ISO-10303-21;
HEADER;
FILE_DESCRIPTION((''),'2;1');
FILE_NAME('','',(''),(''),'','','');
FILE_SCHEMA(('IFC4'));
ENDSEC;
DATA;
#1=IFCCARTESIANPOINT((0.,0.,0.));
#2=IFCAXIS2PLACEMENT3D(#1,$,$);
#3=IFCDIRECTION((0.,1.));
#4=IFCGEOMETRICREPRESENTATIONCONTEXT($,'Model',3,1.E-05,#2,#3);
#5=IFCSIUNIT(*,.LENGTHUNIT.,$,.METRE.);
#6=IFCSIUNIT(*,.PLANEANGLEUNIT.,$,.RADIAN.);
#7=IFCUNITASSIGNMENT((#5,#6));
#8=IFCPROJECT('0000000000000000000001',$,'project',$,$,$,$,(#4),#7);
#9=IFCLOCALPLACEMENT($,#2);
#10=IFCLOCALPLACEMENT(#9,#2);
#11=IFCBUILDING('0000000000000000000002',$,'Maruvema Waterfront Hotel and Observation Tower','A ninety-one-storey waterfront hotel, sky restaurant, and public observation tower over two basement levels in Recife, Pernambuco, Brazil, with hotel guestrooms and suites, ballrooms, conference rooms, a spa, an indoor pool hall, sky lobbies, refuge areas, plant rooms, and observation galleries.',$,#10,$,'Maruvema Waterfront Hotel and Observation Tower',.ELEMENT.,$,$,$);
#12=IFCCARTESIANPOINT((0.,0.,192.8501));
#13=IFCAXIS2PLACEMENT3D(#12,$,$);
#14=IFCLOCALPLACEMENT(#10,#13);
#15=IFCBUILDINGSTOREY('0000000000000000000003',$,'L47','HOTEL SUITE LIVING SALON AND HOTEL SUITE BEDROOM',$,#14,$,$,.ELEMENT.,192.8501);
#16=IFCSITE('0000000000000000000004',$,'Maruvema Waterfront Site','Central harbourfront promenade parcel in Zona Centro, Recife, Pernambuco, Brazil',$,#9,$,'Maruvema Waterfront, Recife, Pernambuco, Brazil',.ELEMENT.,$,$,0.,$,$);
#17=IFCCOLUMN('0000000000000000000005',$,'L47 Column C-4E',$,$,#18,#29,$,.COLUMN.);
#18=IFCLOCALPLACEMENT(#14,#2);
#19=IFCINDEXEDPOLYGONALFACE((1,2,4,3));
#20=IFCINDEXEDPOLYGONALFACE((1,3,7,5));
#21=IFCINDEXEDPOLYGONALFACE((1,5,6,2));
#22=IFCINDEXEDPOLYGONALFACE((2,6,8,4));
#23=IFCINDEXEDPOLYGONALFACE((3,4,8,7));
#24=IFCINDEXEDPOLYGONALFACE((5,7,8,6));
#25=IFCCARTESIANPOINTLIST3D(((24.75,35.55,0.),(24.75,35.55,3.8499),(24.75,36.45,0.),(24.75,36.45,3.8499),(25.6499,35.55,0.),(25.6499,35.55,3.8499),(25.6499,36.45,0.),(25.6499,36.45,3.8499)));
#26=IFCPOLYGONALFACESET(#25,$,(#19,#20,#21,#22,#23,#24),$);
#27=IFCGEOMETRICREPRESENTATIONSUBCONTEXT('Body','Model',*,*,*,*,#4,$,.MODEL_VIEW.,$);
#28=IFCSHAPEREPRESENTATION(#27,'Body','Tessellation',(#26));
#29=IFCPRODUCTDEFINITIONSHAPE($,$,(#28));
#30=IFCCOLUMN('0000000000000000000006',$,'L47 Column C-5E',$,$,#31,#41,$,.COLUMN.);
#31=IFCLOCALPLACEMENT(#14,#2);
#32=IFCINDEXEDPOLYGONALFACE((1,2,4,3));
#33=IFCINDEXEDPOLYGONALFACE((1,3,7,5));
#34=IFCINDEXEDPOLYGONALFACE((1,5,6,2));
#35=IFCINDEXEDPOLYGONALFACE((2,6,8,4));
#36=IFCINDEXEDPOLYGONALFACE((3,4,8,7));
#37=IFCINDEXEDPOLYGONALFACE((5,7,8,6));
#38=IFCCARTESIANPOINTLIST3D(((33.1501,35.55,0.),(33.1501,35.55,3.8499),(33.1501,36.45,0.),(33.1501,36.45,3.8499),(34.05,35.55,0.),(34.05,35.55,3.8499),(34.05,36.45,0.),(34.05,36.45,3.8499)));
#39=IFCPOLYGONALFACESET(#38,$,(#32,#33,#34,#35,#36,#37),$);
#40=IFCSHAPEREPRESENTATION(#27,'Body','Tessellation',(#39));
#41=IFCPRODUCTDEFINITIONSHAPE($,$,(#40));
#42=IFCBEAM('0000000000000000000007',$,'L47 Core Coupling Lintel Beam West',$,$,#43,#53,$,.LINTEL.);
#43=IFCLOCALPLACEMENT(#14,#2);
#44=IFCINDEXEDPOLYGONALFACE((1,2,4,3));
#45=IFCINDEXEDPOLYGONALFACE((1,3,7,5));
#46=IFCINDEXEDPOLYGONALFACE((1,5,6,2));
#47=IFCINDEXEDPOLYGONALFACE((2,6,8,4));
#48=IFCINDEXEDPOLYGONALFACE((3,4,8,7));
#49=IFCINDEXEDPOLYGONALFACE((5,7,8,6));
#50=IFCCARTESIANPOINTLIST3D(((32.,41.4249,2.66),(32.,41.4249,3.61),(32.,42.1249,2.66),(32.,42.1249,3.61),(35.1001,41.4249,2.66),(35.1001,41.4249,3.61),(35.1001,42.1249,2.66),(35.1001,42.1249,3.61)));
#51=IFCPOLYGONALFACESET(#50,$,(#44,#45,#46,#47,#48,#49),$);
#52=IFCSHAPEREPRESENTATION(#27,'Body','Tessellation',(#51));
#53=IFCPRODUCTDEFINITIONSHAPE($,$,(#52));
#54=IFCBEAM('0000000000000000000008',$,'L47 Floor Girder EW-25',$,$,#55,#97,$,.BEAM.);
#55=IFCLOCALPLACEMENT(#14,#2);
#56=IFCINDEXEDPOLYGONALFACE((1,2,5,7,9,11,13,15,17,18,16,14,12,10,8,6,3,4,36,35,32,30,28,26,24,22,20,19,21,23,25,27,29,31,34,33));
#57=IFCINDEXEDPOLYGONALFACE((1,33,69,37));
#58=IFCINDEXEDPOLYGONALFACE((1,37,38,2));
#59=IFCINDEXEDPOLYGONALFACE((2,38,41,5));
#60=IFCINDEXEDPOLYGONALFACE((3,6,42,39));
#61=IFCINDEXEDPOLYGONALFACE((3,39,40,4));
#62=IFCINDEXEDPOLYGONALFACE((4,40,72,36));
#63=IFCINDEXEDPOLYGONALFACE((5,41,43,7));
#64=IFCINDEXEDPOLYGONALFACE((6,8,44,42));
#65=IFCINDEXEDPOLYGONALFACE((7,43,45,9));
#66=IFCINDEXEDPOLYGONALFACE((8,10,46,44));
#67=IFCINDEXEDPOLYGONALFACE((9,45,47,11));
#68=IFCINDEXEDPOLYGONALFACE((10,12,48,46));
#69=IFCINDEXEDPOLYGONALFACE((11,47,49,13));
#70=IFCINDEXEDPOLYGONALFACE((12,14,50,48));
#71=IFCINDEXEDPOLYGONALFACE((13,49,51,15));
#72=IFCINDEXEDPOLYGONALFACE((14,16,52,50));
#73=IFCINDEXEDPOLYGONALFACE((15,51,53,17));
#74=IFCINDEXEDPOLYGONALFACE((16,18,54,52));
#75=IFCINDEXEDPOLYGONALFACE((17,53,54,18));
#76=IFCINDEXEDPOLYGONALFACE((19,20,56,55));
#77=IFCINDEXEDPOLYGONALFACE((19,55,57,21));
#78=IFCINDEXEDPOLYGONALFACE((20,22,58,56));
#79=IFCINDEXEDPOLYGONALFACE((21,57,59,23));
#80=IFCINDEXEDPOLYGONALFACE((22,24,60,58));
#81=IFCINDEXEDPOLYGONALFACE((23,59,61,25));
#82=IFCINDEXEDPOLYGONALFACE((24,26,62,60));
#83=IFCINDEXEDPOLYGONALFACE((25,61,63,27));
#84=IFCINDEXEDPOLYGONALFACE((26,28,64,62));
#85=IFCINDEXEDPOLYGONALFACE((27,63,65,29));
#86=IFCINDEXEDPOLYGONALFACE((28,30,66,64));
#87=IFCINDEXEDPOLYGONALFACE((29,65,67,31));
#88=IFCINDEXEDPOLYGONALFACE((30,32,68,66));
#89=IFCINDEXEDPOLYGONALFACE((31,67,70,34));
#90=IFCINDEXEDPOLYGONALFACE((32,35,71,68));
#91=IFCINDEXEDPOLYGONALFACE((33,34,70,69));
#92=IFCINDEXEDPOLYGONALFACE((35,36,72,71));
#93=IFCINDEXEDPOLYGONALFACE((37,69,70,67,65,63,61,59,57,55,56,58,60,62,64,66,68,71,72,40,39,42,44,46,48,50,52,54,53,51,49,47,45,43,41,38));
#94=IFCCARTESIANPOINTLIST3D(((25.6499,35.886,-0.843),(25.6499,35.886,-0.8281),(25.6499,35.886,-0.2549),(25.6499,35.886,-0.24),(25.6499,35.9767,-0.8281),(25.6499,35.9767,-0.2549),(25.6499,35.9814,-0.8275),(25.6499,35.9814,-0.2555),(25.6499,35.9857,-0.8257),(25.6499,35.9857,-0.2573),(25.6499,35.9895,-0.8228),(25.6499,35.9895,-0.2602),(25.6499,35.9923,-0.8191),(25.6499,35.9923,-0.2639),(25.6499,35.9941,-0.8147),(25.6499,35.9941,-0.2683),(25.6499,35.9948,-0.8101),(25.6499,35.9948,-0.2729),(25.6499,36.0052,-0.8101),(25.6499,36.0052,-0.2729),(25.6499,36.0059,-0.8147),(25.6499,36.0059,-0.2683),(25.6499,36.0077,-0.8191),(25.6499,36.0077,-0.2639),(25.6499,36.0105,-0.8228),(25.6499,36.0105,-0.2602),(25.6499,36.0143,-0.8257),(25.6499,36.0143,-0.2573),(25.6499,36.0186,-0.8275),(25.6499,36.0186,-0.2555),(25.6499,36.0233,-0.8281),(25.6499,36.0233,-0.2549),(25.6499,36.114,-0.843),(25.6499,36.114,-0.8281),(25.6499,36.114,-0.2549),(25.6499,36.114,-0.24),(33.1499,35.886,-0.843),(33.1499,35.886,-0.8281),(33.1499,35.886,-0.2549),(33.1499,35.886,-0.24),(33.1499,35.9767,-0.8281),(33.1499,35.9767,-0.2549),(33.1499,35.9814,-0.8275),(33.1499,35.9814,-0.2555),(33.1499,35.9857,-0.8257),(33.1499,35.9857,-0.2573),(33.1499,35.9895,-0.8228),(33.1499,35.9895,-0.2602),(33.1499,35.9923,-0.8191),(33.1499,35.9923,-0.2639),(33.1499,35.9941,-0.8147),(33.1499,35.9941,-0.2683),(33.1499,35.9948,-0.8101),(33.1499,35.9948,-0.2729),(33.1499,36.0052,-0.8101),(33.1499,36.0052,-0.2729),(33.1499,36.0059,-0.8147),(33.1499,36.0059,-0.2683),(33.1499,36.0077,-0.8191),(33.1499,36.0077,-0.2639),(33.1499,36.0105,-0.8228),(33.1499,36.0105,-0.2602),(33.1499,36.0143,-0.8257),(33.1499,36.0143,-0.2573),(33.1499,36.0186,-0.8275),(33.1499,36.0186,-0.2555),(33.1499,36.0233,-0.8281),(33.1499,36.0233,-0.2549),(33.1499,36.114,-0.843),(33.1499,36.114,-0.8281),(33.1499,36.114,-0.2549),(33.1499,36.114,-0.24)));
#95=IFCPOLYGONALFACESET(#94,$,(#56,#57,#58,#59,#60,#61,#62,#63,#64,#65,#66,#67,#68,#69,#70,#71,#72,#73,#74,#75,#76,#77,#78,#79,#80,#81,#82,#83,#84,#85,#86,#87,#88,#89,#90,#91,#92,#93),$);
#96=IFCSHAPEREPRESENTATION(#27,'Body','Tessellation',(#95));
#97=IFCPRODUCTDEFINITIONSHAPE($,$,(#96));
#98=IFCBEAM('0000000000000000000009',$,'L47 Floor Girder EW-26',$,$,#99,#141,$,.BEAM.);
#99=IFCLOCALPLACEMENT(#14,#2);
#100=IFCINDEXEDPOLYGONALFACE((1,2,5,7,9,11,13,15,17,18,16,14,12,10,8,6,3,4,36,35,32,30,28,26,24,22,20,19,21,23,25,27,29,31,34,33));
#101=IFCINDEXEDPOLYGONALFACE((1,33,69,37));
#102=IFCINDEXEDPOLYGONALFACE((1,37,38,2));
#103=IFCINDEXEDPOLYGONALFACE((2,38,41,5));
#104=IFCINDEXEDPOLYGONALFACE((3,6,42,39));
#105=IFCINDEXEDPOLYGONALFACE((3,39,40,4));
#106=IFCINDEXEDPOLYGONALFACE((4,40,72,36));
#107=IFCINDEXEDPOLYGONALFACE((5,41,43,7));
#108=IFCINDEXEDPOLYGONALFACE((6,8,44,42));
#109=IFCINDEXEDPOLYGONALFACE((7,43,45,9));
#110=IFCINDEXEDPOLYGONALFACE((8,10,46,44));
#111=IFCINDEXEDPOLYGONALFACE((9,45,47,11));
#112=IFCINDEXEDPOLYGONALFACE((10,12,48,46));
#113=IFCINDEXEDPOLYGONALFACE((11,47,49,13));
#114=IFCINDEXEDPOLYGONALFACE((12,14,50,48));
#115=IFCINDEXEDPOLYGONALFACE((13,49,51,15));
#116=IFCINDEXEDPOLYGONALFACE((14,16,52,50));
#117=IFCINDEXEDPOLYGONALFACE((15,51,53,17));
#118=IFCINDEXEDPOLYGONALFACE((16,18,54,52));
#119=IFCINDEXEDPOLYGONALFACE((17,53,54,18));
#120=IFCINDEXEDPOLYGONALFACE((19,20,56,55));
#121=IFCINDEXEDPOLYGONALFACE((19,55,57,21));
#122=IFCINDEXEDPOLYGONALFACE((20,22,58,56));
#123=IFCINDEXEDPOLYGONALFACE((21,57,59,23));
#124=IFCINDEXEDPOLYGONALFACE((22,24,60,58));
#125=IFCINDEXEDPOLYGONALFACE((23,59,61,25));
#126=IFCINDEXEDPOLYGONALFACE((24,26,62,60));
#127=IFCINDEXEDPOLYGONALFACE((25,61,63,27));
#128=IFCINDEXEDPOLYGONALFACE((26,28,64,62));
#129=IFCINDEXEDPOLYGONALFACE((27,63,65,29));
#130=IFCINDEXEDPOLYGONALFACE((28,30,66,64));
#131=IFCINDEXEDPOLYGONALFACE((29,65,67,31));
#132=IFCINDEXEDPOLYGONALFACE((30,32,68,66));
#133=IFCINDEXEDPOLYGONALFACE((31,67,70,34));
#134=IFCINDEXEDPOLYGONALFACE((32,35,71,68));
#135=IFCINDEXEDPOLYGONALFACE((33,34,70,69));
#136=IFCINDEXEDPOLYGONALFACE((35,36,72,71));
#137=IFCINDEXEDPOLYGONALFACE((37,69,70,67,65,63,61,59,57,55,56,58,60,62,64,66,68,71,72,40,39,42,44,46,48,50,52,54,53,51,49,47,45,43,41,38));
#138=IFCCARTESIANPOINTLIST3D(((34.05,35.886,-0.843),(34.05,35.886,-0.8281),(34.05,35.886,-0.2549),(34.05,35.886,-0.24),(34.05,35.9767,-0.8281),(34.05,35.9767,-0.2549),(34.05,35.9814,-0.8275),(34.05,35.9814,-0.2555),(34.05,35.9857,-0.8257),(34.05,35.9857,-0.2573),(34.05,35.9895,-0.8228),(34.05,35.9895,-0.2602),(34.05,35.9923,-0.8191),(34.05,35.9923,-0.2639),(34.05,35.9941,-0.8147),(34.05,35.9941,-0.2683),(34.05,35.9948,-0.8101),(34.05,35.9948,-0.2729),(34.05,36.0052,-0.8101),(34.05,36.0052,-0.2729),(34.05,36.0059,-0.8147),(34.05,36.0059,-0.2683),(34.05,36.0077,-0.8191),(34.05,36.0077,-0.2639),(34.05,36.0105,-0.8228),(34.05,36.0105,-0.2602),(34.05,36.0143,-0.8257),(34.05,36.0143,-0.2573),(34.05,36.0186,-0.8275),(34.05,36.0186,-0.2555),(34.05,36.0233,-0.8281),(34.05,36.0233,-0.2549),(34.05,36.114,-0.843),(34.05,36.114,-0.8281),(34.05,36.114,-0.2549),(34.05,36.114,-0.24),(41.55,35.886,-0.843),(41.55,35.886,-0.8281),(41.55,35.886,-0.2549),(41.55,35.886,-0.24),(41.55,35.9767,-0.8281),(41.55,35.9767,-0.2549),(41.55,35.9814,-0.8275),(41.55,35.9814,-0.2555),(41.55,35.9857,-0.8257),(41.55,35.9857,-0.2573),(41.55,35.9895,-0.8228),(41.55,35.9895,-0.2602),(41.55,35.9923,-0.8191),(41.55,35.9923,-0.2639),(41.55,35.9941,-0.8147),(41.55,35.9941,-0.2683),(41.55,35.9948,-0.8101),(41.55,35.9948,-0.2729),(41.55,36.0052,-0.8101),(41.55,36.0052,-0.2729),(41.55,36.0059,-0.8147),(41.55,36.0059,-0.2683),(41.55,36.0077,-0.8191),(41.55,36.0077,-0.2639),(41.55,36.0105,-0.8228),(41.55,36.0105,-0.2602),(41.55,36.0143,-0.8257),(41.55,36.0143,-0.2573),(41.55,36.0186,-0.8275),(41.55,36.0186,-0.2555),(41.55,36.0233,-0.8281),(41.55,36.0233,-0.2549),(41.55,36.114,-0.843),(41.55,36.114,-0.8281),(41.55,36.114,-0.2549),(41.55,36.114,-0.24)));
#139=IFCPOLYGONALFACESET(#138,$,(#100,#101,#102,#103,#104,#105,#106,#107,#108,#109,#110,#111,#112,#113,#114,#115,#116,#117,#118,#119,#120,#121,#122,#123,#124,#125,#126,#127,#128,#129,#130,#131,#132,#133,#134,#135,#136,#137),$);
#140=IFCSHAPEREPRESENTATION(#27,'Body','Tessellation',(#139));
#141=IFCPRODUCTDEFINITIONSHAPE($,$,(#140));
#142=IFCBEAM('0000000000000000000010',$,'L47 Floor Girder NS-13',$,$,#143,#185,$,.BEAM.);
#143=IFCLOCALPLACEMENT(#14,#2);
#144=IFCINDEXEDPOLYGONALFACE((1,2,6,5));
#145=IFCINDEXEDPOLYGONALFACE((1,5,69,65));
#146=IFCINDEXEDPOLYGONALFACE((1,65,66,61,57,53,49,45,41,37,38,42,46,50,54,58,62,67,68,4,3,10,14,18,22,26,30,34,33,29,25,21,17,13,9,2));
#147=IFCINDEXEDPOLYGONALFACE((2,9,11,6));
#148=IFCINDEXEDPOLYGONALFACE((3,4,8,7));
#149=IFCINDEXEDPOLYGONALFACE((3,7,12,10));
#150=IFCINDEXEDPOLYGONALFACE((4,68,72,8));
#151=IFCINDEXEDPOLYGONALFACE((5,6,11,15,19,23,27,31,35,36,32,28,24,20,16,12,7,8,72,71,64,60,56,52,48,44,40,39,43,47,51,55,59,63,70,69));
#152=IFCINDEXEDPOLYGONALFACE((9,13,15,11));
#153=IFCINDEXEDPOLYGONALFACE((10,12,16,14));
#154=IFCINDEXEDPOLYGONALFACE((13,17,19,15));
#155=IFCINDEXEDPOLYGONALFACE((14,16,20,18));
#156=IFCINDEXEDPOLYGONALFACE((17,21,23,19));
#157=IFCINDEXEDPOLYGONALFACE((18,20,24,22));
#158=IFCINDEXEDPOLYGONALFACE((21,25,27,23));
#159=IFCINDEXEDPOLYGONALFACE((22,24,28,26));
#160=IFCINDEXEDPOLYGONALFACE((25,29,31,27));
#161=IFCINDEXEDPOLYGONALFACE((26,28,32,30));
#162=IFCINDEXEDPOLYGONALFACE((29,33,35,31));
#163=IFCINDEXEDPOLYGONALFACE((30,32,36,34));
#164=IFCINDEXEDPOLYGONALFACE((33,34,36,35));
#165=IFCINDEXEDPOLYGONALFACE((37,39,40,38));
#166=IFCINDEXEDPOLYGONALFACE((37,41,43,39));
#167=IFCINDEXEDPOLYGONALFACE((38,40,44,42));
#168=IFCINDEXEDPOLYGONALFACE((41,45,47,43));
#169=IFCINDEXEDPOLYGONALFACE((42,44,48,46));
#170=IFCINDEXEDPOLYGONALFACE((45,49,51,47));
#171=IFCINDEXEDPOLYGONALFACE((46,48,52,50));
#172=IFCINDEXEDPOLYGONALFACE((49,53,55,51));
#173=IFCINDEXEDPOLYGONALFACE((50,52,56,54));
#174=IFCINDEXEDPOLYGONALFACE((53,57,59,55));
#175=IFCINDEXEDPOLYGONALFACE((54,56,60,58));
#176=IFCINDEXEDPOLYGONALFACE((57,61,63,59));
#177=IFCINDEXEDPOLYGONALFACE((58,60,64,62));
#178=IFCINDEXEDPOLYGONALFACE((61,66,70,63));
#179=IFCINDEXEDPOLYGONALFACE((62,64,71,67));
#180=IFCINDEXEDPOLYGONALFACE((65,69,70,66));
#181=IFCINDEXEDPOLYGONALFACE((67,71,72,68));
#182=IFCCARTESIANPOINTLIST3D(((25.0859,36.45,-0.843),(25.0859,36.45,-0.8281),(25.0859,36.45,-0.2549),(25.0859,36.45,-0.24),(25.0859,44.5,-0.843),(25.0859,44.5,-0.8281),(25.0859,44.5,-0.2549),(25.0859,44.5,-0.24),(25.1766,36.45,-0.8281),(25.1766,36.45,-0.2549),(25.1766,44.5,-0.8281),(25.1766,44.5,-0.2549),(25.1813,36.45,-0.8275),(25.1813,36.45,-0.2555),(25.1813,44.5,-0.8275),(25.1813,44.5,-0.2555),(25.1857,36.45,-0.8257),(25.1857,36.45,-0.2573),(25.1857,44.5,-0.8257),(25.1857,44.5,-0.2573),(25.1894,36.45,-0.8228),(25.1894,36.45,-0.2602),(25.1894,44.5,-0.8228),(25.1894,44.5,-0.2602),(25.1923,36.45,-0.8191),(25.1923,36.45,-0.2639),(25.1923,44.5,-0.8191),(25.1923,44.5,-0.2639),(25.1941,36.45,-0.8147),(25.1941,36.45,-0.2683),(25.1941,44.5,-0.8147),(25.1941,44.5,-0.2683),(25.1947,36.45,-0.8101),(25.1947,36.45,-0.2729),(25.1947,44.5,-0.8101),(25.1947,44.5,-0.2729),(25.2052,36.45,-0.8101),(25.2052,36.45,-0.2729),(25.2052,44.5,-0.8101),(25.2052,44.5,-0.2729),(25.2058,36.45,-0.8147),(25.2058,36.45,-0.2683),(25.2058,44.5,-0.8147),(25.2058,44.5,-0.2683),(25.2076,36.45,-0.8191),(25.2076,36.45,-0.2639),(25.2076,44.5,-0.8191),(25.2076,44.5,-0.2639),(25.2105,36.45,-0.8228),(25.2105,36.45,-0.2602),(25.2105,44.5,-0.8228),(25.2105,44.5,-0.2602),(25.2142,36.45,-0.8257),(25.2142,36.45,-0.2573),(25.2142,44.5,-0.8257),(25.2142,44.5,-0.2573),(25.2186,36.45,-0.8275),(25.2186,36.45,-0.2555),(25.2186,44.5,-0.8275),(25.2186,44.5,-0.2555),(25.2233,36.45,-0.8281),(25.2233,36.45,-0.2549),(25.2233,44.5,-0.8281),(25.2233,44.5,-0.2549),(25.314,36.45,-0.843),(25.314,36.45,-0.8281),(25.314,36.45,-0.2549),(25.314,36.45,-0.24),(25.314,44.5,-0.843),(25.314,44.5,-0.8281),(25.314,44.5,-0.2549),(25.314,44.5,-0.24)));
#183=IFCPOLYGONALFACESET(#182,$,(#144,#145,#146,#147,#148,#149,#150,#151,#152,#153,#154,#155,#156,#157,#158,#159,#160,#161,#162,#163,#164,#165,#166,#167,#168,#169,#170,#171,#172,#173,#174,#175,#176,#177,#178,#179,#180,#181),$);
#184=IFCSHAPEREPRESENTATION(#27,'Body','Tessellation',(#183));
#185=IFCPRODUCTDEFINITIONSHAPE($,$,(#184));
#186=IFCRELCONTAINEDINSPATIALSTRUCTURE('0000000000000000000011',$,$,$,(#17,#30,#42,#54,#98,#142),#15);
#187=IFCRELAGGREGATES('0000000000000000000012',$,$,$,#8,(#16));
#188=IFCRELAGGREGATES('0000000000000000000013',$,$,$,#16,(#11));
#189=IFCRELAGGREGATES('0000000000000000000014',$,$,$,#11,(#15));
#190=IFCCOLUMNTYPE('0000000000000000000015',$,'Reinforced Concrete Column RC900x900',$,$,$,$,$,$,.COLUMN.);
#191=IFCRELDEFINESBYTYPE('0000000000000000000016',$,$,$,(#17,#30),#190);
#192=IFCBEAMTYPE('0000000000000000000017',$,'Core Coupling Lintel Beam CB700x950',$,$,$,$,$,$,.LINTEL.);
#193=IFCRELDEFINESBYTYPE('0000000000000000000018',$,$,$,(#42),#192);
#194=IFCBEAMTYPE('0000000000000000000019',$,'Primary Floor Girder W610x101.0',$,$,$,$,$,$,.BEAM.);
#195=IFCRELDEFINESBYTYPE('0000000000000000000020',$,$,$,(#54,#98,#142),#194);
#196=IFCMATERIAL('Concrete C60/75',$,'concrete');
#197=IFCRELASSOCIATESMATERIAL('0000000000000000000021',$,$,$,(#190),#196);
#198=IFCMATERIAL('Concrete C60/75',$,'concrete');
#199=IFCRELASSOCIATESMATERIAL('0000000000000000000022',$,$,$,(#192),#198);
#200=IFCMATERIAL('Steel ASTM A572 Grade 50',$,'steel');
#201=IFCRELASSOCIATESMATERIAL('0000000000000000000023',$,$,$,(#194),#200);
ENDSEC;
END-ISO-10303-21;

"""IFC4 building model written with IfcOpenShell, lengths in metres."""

from ifc_helpers import new_model, si_unit, direction, frame, origin, origin_2d, place, context, subcontext, project, spatial, rectangle, i_section, extrude, material, material_profile, profile_set, type_object, element, save


model = new_model("IFC4")

# Units and contexts
model_context = context("Model", 3, precision=1e-05, world=origin(), true_north=direction((0.0, 1.0)))
body_context = subcontext(model_context, "Body", "Model", "MODEL_VIEW")
ifc_project = project(units=[si_unit("LENGTHUNIT", "METRE"), si_unit("PLANEANGLEUNIT", "RADIAN")], contexts=[model_context])

# Site, building, storey
site_placement = place(None, origin())
site = spatial("IfcSite", under=ifc_project, at=site_placement, Name="Maruvema Waterfront Site", Description="Central harbourfront promenade parcel in Zona Centro, Recife, Pernambuco, Brazil", LongName="Maruvema Waterfront, Recife, Pernambuco, Brazil", CompositionType="ELEMENT", RefElevation=0.0)
building_placement = place(site_placement, origin())
building = spatial("IfcBuilding", under=site, at=building_placement, Name="Maruvema Waterfront Hotel and Observation Tower", Description="A ninety-one-storey waterfront hotel, sky restaurant, and public observation tower over two basement levels in Recife, Pernambuco, Brazil, with hotel guestrooms and suites, ballrooms, conference rooms, a spa, an indoor pool hall, sky lobbies, refuge areas, plant rooms, and observation galleries.", LongName="Maruvema Waterfront Hotel and Observation Tower", CompositionType="ELEMENT")
storey_placement = place(building_placement, frame((0.0, 0.0, 192.8501)))
storey = spatial("IfcBuildingStorey", under=building, at=storey_placement, Name="L47", Description="HOTEL SUITE LIVING SALON AND HOTEL SUITE BEDROOM", CompositionType="ELEMENT", Elevation=192.8501)

# Columns
ifc_material_1 = material(Name="Concrete C60/75", Category="concrete")
ifc_material_profile_1 = material_profile(ifc_material_1, rectangle(XDim=0.8999, YDim=0.8999, at=origin_2d()), Name="RC900x900")
ifc_profile_set_1 = profile_set([ifc_material_profile_1], Name="Concrete C60/75")
column_type = type_object("IfcColumnType", Name="Reinforced Concrete Column RC900x900", PredefinedType="COLUMN", material=ifc_profile_set_1)
for number, where, z_axis, x_axis, name in (
    (1, (25.2, 36.0, 0.0), (0.0, 0.0, 1.0), (1.0, 0.0, 0.0), "L47 Column C-4E"),
    (2, (33.6001, 36.0, 0.0), (0.0, 0.0, 1.0), (1.0, 0.0, 0.0), "L47 Column C-5E"),
):
    element("IfcColumn", number, at=place(storey_placement, frame(where, z_axis=z_axis, x_axis=x_axis)), inside=storey, type_object=column_type, Name=name, PredefinedType="COLUMN", context=body_context, shape_type="SweptSolid", body=[
        extrude(rectangle(XDim=0.8999, YDim=0.8999, at=origin_2d()), origin(), (0.0, 0.0, 1.0), 3.8499),
    ])

# Beams
ifc_material_2 = material(Name="Concrete C60/75", Category="concrete")
ifc_material_profile_2 = material_profile(ifc_material_2, rectangle(XDim=0.7, YDim=0.95, at=origin_2d()), Name="CB700x950")
ifc_profile_set_2 = profile_set([ifc_material_profile_2], Name="Concrete C60/75")
beam_type_1 = type_object("IfcBeamType", Name="Core Coupling Lintel Beam CB700x950", PredefinedType="LINTEL", material=ifc_profile_set_2)
beam_1_placement = place(storey_placement, frame((32.0, 41.7749, 3.135), z_axis=(1.0, 0.0, 0.0), x_axis=(0.0, 1.0, 0.0)))
element("IfcBeam", 3, at=beam_1_placement, inside=storey, type_object=beam_type_1, Name="L47 Core Coupling Lintel Beam West", PredefinedType="LINTEL", context=body_context, shape_type="SweptSolid", body=[
    extrude(rectangle(XDim=0.7, YDim=0.95, at=origin_2d()), origin(), (0.0, 0.0, 1.0), 3.1001),
])
ifc_material_3 = material(Name="Steel ASTM A572 Grade 50", Category="steel")
ifc_material_profile_3 = material_profile(ifc_material_3, i_section(OverallWidth=0.228, OverallDepth=0.603, WebThickness=0.0105, FlangeThickness=0.0149, FilletRadius=0.0181, at=origin_2d()), Name="W610x101.0")
ifc_profile_set_3 = profile_set([ifc_material_profile_3], Name="Steel ASTM A572 Grade 50")
beam_type_2 = type_object("IfcBeamType", Name="Primary Floor Girder W610x101.0", PredefinedType="BEAM", material=ifc_profile_set_3)
for number, where, z_axis, x_axis, name in (
    (4, (25.6499, 36.0, -0.5415), (1.0, 0.0, 0.0), (0.0, 1.0, 0.0), "L47 Floor Girder EW-25"),
    (5, (34.05, 36.0, -0.5415), (1.0, 0.0, 0.0), (0.0, 1.0, 0.0), "L47 Floor Girder EW-26"),
):
    element("IfcBeam", number, at=place(storey_placement, frame(where, z_axis=z_axis, x_axis=x_axis)), inside=storey, type_object=beam_type_2, Name=name, PredefinedType="BEAM", context=body_context, shape_type="SweptSolid", body=[
        extrude(i_section(OverallWidth=0.228, OverallDepth=0.603, WebThickness=0.0105, FlangeThickness=0.0149, FilletRadius=0.0181, at=origin_2d()), origin(), (0.0, 0.0, 1.0), 7.5),
    ])
beam_2_placement = place(storey_placement, frame((25.2, 36.45, -0.5415), z_axis=(0.0, 1.0, 0.0), x_axis=(-1.0, 0.0, 0.0)))
element("IfcBeam", 6, at=beam_2_placement, inside=storey, type_object=beam_type_2, Name="L47 Floor Girder NS-13", PredefinedType="BEAM", context=body_context, shape_type="SweptSolid", body=[
    extrude(i_section(OverallWidth=0.228, OverallDepth=0.603, WebThickness=0.0105, FlangeThickness=0.0149, FilletRadius=0.0181, at=origin_2d()), origin(), (0.0, 0.0, 1.0), 8.05),
])

save(model, "model.ifc")
